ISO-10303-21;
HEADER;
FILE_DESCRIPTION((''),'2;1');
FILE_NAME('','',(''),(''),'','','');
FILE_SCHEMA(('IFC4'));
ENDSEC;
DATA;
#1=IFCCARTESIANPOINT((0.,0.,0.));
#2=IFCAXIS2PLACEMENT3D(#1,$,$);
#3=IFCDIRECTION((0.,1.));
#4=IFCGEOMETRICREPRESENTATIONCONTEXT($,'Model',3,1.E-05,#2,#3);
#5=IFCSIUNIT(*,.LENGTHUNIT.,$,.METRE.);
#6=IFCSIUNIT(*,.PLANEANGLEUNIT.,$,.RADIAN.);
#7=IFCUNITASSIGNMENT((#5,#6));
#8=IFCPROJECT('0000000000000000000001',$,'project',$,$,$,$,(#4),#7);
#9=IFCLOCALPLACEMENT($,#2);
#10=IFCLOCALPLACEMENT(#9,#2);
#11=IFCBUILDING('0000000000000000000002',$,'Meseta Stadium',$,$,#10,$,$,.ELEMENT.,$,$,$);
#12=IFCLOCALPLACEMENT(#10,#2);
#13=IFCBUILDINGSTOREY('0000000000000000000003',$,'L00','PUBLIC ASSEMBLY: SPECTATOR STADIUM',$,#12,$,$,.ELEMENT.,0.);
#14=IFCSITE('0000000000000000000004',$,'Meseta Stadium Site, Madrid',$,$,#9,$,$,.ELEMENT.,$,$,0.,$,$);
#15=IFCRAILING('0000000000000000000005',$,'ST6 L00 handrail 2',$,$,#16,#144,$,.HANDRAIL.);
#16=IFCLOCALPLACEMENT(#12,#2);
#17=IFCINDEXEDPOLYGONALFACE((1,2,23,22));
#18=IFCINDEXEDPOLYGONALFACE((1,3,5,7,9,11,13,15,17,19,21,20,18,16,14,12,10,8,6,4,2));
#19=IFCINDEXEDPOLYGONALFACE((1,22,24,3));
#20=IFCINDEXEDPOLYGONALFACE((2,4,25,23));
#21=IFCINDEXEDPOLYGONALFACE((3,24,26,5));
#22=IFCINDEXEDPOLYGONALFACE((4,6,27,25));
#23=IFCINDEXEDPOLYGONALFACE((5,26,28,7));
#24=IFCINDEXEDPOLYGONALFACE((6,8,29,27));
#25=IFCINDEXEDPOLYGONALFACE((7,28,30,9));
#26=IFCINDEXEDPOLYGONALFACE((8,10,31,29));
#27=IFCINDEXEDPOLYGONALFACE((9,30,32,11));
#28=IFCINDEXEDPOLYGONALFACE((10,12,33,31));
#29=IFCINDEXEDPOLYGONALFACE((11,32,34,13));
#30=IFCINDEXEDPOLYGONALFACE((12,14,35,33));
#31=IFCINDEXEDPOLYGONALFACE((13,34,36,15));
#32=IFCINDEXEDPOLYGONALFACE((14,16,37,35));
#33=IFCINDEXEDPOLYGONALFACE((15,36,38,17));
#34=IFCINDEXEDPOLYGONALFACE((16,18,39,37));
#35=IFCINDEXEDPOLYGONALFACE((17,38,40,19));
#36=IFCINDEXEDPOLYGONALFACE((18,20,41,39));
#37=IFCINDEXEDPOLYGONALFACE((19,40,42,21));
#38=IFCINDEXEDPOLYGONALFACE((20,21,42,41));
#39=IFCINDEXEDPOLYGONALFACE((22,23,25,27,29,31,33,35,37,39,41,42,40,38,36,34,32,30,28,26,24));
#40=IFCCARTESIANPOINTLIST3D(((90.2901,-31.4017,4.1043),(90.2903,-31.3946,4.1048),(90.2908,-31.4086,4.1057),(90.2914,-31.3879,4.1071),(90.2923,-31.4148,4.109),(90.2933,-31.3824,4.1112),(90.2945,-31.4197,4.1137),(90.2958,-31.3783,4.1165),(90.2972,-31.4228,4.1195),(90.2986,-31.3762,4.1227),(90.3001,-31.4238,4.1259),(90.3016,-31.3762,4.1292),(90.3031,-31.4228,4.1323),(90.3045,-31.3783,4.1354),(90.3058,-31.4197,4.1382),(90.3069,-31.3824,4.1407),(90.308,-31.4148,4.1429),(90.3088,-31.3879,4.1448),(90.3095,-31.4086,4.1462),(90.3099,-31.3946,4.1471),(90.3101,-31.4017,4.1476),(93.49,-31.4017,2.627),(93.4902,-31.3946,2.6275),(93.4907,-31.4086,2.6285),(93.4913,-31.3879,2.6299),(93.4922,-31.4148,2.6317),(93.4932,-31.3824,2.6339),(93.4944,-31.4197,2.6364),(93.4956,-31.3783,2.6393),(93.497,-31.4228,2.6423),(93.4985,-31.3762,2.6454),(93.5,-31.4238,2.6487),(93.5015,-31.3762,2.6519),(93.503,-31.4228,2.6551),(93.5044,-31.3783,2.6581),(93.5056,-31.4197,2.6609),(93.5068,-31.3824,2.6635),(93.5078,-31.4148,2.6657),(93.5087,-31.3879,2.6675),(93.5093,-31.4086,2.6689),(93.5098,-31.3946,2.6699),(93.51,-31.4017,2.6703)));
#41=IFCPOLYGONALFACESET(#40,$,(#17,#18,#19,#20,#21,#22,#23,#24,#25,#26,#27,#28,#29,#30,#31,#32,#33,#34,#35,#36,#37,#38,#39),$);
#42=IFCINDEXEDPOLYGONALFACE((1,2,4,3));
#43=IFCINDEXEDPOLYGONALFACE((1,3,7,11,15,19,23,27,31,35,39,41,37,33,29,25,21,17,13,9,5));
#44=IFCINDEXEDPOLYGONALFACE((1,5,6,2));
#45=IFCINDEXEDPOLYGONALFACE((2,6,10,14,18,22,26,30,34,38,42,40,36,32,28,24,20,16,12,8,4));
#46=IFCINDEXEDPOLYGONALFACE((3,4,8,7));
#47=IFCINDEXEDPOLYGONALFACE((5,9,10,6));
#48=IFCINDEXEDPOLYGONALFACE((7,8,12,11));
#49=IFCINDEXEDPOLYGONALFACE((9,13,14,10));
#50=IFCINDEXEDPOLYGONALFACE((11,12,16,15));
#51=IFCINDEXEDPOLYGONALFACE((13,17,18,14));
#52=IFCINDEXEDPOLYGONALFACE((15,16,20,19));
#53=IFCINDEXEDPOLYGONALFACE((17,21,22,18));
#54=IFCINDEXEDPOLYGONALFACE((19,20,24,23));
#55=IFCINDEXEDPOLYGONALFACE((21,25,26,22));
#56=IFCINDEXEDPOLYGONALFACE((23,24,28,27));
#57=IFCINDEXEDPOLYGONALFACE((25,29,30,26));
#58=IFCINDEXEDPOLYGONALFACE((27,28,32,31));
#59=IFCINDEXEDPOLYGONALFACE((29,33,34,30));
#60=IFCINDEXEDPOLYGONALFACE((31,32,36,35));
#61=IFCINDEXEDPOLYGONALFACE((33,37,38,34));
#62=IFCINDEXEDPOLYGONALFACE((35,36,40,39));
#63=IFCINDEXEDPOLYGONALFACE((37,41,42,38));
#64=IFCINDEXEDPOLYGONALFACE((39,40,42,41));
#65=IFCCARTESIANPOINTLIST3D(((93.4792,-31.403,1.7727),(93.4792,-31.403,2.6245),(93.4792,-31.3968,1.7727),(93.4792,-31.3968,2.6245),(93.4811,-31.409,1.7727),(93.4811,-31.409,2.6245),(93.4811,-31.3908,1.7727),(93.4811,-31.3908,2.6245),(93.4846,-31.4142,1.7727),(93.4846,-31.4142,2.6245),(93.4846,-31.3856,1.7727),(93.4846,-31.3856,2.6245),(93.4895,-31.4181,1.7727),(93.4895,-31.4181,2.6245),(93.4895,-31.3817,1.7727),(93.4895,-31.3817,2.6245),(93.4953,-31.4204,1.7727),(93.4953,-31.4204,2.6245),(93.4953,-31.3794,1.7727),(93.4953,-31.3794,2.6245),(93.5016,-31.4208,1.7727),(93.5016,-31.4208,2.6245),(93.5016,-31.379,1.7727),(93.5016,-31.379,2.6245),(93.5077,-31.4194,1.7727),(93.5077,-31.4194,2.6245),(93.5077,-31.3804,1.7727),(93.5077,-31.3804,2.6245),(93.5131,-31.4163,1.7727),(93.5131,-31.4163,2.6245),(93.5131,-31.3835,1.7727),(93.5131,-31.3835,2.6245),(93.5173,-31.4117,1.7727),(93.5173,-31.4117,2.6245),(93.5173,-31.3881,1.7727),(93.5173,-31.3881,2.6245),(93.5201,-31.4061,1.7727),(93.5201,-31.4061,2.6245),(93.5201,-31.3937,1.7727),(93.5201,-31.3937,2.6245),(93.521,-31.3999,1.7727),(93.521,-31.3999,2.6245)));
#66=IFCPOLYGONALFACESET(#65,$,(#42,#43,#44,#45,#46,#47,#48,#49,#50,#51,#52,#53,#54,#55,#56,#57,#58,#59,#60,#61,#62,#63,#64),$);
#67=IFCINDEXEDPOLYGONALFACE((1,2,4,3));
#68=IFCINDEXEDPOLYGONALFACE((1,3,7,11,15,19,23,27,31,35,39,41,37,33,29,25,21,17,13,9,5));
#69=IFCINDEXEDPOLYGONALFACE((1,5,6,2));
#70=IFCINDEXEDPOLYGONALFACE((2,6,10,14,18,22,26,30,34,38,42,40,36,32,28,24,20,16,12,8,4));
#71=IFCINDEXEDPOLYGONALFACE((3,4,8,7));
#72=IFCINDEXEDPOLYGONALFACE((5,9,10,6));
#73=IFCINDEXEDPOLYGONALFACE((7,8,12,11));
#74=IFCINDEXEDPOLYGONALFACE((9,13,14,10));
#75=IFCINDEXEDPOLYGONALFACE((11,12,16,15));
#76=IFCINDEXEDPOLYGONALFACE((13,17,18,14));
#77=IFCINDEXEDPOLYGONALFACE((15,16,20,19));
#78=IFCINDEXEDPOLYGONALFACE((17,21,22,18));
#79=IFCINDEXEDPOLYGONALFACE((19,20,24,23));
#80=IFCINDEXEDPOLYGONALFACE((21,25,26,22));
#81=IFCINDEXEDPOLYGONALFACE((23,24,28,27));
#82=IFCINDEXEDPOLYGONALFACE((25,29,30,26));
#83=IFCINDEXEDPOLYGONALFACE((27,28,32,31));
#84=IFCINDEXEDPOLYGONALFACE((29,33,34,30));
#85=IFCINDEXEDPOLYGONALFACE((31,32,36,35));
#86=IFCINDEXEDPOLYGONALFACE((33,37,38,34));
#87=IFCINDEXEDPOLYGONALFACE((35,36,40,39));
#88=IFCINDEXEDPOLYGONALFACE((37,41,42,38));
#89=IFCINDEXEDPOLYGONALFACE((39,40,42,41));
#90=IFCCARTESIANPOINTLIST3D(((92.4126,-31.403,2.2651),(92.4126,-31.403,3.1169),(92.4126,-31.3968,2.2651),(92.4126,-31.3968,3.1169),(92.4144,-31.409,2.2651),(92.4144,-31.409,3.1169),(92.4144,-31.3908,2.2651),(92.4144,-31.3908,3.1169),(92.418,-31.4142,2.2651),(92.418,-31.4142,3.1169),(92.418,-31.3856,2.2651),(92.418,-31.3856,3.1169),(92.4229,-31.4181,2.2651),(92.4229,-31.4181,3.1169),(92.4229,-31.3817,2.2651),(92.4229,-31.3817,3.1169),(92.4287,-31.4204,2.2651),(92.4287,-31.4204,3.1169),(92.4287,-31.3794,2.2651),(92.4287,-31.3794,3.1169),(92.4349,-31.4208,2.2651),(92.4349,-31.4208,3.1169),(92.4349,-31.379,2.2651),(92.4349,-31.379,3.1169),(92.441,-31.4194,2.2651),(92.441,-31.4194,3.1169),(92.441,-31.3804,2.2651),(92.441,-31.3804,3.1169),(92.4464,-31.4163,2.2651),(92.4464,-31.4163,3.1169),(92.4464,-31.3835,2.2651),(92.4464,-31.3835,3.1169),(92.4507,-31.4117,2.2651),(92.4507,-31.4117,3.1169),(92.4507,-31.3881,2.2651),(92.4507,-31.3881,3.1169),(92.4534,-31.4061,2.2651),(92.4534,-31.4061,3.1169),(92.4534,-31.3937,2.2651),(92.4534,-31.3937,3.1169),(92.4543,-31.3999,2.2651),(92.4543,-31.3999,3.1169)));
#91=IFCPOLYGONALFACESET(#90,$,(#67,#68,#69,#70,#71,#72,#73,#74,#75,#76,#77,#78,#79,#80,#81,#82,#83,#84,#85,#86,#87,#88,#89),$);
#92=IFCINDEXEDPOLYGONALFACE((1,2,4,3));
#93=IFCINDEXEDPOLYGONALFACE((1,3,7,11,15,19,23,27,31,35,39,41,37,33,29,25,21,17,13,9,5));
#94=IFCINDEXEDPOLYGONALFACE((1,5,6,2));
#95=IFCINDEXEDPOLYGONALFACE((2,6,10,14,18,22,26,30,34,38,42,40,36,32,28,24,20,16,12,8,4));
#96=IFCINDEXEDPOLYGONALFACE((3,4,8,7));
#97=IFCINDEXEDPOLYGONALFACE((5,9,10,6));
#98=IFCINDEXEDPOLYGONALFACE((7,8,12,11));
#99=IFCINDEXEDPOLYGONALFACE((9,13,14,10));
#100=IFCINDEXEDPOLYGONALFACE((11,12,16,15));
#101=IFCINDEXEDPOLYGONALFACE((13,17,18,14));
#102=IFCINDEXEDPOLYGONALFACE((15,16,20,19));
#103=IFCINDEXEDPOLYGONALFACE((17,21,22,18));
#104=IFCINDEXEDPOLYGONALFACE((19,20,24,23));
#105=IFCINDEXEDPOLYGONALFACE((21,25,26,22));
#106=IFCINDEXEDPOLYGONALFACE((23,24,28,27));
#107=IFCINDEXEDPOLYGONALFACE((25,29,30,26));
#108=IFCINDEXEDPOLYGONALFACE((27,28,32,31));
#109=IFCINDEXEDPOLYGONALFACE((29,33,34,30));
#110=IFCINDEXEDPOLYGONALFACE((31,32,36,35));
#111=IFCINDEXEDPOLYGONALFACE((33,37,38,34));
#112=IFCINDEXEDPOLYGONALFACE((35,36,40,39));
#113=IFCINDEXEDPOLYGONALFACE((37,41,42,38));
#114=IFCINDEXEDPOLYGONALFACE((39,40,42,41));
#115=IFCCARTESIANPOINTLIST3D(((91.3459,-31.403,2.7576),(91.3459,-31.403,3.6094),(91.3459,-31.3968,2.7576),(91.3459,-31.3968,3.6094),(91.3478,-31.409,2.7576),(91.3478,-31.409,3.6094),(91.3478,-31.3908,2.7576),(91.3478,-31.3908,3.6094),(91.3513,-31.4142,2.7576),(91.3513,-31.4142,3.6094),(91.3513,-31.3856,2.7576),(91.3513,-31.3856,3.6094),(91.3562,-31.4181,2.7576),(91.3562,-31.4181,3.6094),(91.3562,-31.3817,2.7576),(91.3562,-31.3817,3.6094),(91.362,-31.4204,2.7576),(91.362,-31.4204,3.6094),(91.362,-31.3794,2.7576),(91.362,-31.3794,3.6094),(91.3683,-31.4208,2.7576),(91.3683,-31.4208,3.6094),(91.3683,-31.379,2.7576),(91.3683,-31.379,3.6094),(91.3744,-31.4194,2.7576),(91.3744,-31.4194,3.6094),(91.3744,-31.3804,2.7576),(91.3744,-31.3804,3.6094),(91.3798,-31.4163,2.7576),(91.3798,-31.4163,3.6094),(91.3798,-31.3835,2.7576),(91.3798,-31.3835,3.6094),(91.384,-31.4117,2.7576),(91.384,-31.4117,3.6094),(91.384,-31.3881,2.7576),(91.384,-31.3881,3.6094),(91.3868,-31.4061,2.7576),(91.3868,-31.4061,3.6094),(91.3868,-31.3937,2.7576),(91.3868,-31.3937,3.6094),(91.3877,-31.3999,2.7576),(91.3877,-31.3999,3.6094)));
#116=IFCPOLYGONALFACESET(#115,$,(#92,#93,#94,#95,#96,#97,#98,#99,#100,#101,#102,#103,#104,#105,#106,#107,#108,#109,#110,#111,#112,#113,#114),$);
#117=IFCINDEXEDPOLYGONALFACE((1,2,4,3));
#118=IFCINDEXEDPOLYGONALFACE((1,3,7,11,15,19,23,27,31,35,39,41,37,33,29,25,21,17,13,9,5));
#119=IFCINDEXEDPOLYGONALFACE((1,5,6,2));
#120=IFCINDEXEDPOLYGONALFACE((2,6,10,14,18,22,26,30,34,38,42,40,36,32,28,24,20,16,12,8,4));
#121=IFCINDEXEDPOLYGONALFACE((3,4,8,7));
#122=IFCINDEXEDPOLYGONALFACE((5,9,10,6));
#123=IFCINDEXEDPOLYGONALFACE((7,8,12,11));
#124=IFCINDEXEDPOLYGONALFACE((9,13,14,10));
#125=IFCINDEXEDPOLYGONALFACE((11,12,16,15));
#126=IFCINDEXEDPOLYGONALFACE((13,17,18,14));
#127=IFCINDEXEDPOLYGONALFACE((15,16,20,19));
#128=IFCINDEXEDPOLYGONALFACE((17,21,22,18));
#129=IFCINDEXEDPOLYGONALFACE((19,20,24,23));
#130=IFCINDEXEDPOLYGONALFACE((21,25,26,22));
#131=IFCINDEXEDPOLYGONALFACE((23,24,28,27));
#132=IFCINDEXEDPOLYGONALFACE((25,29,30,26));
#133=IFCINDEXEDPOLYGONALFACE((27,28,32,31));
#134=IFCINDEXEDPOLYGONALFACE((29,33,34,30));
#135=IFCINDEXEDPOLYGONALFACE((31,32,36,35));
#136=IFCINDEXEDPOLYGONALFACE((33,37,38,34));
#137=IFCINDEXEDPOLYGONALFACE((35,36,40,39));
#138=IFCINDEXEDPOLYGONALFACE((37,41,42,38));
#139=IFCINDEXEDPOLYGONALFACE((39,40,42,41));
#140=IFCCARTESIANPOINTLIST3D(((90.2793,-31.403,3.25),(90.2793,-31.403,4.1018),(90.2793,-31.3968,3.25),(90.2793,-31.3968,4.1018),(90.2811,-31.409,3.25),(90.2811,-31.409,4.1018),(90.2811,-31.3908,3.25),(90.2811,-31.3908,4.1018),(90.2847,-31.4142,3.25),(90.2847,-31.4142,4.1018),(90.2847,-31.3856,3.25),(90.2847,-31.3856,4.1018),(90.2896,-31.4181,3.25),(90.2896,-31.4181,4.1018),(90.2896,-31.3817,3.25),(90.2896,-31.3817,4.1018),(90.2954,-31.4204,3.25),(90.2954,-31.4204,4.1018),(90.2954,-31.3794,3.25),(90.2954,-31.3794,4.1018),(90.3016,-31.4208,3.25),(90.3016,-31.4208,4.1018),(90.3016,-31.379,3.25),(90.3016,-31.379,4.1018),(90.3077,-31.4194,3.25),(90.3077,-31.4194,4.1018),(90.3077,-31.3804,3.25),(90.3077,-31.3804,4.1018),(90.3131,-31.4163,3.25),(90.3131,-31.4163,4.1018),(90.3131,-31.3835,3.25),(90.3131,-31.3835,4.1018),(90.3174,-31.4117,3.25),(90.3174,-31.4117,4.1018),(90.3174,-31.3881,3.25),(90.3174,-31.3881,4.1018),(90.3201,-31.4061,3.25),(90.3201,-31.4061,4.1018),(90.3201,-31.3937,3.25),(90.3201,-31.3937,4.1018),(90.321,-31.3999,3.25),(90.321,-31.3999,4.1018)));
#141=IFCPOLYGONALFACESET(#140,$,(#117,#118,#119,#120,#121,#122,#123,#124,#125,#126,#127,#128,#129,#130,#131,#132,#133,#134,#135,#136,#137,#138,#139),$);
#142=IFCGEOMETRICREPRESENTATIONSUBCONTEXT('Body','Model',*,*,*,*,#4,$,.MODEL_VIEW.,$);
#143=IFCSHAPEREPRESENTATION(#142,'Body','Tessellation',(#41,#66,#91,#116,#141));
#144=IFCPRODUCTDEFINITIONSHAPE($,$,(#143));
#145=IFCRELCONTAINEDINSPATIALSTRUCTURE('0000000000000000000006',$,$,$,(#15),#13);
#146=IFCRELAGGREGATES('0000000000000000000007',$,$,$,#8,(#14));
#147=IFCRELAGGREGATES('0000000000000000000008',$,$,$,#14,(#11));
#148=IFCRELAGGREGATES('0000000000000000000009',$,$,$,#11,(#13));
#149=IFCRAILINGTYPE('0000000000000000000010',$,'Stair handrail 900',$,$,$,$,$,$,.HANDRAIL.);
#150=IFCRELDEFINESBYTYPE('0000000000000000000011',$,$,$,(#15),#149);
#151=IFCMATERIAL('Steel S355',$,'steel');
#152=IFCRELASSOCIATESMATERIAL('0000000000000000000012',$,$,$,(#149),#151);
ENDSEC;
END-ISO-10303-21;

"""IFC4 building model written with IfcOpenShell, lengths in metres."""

from ifc_helpers import new_model, si_unit, direction, frame, origin, origin_2d, place, context, subcontext, project, spatial, circle, extrude, material, type_object, element, save


model = new_model("IFC4")

# Units and contexts
model_context = context("Model", 3, precision=1e-05, world=origin(), true_north=direction((0.0, 1.0)))
body_context = subcontext(model_context, "Body", "Model", "MODEL_VIEW")
ifc_project = project(units=[si_unit("LENGTHUNIT", "METRE"), si_unit("PLANEANGLEUNIT", "RADIAN")], contexts=[model_context])

# Site, building, storey
site_placement = place(None, origin())
site = spatial("IfcSite", under=ifc_project, at=site_placement, Name="Meseta Stadium Site, Madrid", CompositionType="ELEMENT", RefElevation=0.0)
building_placement = place(site_placement, origin())
building = spatial("IfcBuilding", under=site, at=building_placement, Name="Meseta Stadium", CompositionType="ELEMENT")
storey_placement = place(building_placement, origin())
storey = spatial("IfcBuildingStorey", under=building, at=storey_placement, Name="L00", Description="PUBLIC ASSEMBLY: SPECTATOR STADIUM", CompositionType="ELEMENT", Elevation=0.0)

# Railing
ifc_material_1 = material(Name="Steel S355", Category="steel")
railing_type_1 = type_object("IfcRailingType", Name="Stair handrail 900", PredefinedType="HANDRAIL", material=ifc_material_1)
for number, where, name in (
    (1, (93.5, -31.3999, 1.7727), "ST6 L00 handrail 2"),
):
    element("IfcRailing", number, at=place(storey_placement, frame(where)), inside=storey, type_object=railing_type_1, Name=name, PredefinedType="HANDRAIL", context=body_context, shape_type="SweptSolid", body=[
        extrude(circle(Radius=0.0239, at=origin_2d()), frame((0.0, 0.0, 0.876), z_axis=(-0.907917, 0.0, 0.41915), x_axis=(0.0, -1.0, 0.0)), (0.0, 0.0, 1.0), 3.5244),
        extrude(circle(Radius=0.021, at=origin_2d()), origin(), (0.0, 0.0, 1.0), 0.8518),
        extrude(circle(Radius=0.021, at=origin_2d()), frame((-1.0667, 0.0, 0.4924)), (0.0, 0.0, 1.0), 0.8518),
        extrude(circle(Radius=0.021, at=origin_2d()), frame((-2.1333, 0.0, 0.9849)), (0.0, 0.0, 1.0), 0.8518),
        extrude(circle(Radius=0.021, at=origin_2d()), frame((-3.2, 0.0, 1.4773)), (0.0, 0.0, 1.0), 0.8518),
    ])

save(model, "model.ifc")
